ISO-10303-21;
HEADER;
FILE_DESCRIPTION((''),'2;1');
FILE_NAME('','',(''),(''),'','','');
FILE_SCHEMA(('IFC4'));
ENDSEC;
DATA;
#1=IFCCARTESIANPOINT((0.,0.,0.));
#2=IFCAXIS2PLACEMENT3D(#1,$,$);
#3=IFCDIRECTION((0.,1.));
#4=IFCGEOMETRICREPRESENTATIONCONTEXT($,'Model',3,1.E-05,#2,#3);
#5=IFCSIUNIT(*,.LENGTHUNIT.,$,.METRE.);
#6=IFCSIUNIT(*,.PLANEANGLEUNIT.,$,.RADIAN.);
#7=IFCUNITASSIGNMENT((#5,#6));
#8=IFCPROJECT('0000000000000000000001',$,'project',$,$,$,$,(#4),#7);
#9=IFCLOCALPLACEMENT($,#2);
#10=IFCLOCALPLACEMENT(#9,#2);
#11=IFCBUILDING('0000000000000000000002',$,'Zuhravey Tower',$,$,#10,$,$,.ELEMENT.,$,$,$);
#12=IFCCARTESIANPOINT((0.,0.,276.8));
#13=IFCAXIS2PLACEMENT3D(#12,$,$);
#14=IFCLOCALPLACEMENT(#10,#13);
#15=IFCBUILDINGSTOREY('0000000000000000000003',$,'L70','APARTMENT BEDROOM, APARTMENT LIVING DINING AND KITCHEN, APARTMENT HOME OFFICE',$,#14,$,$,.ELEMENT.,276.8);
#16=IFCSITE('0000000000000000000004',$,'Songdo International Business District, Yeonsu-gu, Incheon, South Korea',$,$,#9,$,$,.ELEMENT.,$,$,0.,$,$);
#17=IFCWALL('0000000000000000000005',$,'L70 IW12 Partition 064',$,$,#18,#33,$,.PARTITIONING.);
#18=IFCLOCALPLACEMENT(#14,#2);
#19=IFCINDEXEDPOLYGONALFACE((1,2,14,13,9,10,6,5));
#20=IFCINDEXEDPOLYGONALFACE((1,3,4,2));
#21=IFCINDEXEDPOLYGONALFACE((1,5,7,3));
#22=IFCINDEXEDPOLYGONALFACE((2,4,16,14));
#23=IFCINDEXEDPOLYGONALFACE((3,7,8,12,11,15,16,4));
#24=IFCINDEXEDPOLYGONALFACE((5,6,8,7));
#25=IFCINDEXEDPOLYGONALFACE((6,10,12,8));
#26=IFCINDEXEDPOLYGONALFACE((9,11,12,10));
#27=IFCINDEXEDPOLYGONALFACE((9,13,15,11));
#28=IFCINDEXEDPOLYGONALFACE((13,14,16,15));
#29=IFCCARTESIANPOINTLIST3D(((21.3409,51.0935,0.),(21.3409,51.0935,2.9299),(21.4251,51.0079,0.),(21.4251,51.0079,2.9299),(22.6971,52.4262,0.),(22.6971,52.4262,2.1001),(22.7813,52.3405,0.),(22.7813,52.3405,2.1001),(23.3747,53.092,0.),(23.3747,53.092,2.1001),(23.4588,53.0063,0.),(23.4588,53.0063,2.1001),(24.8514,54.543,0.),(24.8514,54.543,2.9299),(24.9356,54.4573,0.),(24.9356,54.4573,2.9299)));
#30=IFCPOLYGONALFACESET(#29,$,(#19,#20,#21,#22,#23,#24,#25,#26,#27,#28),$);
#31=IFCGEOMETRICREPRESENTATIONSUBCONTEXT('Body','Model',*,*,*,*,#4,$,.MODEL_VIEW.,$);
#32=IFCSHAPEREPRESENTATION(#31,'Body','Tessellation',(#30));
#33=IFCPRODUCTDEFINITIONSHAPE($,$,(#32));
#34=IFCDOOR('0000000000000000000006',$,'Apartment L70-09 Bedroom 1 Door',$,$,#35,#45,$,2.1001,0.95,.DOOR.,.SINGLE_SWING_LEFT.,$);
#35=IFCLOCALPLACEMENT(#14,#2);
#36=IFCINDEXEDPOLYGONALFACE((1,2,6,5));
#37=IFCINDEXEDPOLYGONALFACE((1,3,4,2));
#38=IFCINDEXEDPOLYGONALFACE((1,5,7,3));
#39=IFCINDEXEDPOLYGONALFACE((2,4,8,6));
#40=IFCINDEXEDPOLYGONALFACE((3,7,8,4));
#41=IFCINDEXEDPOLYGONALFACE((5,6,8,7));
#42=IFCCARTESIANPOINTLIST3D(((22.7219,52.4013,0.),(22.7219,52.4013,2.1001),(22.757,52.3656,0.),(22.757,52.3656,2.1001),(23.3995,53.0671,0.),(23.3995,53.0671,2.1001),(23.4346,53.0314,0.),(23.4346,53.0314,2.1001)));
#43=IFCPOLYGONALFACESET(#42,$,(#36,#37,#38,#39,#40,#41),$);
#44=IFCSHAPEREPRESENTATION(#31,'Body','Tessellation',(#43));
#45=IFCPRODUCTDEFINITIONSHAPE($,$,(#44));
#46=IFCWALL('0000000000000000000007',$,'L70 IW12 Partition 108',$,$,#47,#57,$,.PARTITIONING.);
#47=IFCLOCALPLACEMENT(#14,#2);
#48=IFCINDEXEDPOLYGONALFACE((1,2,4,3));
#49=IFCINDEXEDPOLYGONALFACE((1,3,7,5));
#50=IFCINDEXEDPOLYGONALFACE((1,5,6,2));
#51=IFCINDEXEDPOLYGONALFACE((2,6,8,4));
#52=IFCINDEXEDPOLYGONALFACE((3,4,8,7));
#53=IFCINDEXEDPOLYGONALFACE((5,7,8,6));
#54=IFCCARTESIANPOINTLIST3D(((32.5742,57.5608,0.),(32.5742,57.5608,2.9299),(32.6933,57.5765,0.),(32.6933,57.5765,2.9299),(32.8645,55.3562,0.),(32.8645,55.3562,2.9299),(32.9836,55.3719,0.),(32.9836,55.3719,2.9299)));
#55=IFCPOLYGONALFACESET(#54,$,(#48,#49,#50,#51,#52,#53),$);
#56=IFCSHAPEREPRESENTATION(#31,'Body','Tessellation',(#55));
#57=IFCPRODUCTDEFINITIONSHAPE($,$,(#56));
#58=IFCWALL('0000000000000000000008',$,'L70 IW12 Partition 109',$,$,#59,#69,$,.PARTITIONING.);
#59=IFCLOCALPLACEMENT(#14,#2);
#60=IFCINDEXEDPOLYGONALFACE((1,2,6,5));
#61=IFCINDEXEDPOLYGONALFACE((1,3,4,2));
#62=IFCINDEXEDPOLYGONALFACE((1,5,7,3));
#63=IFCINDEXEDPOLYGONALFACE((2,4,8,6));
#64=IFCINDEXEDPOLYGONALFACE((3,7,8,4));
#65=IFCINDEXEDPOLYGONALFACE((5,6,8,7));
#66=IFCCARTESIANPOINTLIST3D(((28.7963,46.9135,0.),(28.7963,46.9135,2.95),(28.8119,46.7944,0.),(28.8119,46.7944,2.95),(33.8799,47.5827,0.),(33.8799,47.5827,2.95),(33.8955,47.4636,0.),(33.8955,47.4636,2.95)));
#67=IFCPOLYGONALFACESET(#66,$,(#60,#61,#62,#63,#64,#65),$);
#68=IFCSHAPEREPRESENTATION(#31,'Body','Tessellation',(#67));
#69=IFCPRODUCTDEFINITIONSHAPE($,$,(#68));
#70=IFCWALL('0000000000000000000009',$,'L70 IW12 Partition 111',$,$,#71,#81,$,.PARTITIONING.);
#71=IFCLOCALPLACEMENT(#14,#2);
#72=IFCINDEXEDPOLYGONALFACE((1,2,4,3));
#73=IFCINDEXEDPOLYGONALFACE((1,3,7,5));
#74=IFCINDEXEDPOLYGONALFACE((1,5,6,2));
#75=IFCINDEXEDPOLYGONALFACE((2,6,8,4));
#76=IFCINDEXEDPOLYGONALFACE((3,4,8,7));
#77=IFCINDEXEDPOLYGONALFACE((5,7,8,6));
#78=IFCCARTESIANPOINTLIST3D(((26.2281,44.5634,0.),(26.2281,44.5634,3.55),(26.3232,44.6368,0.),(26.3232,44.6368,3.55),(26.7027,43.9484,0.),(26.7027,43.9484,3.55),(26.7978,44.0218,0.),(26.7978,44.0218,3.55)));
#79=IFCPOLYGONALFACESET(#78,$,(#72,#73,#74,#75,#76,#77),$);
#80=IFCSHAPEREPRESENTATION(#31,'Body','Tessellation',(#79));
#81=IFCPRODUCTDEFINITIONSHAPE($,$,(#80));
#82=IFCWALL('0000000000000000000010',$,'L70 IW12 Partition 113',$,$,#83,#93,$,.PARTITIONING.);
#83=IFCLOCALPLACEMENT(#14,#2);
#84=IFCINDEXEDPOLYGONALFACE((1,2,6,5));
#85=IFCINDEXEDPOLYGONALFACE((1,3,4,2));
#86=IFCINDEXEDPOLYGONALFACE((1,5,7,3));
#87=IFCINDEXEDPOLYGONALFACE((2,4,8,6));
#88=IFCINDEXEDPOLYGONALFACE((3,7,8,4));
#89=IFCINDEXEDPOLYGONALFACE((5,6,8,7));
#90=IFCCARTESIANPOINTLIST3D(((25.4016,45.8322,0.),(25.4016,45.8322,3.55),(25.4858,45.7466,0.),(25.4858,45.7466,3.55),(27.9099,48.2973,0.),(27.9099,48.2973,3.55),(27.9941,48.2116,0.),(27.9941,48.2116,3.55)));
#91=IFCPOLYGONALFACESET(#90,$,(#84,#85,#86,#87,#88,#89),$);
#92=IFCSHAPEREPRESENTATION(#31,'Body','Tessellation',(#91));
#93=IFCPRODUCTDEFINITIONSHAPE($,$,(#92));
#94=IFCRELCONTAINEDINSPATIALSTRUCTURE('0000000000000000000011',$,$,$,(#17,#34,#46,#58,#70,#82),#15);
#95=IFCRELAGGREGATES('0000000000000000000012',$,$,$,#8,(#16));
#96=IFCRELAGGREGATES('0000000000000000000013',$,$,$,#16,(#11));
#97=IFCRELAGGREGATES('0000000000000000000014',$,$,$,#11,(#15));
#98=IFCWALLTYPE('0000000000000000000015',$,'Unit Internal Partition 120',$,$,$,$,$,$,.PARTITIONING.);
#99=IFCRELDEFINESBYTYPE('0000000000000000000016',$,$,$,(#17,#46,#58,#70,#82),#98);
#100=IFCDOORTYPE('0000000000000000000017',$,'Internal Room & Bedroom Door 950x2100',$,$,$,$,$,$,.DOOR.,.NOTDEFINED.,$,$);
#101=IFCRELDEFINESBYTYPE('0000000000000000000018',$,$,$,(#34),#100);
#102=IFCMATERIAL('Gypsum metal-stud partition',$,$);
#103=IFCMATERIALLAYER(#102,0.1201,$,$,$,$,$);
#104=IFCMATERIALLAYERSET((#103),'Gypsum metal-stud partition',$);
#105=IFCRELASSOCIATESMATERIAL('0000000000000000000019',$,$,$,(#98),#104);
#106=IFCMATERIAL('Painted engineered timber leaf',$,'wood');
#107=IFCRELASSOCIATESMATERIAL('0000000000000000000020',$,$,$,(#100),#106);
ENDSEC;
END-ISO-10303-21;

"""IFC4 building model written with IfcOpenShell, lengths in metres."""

from ifc_helpers import new_model, si_unit, direction, frame, frame_2d, origin, place, context, subcontext, project, spatial, rectangle, extrude, material, layer, layer_set, type_object, element, fill, save


model = new_model("IFC4")

# Units and contexts
model_context = context("Model", 3, precision=1e-05, world=origin(), true_north=direction((0.0, 1.0)))
body_context = subcontext(model_context, "Body", "Model", "MODEL_VIEW")
ifc_project = project(units=[si_unit("LENGTHUNIT", "METRE"), si_unit("PLANEANGLEUNIT", "RADIAN")], contexts=[model_context])

# Site, building, storey
site_placement = place(None, origin())
site = spatial("IfcSite", under=ifc_project, at=site_placement, Name="Songdo International Business District, Yeonsu-gu, Incheon, South Korea", CompositionType="ELEMENT", RefElevation=0.0)
building_placement = place(site_placement, origin())
building = spatial("IfcBuilding", under=site, at=building_placement, Name="Zuhravey Tower", CompositionType="ELEMENT")
storey_placement = place(building_placement, frame((0.0, 0.0, 276.8)))
storey = spatial("IfcBuildingStorey", under=building, at=storey_placement, Name="L70", Description="APARTMENT BEDROOM, APARTMENT LIVING DINING AND KITCHEN, APARTMENT HOME OFFICE", CompositionType="ELEMENT", Elevation=276.8)

# Wall, opening, door
ifc_material_1 = material(Name="Gypsum metal-stud partition")
ifc_layer_1 = layer(ifc_material_1, 0.1201)
ifc_layer_set_1 = layer_set([ifc_layer_1], Name="Gypsum metal-stud partition")
wall_type_1 = type_object("IfcWallType", Name="Unit Internal Partition 120", PredefinedType="PARTITIONING", material=ifc_layer_set_1)
ifc_material_2 = material(Name="Painted engineered timber leaf", Category="wood")
door_type_1 = type_object("IfcDoorType", Name="Internal Room & Bedroom Door 950x2100", OperationType="NOTDEFINED", PredefinedType="DOOR", material=ifc_material_2)
wall_1_placement = place(storey_placement, frame((24.8936, 54.5002, 0.0), z_axis=(0.0, 0.0, 1.0), x_axis=(-0.71328, -0.700879, 0.0)))
wall_1 = element("IfcWall", 1, at=wall_1_placement, inside=storey, type_object=wall_type_1, Name="L70 IW12 Partition 064", PredefinedType="PARTITIONING", context=body_context, shape_type="SweptSolid", body=[
    extrude(rectangle(XDim=4.9216, YDim=0.1201, at=frame_2d((2.4609, 0.0))), origin(), (0.0, 0.0, 1.0), 2.9299),
])
opening_1_placement = place(wall_1_placement, frame((2.0703, 0.0, 0.0)))
opening_1 = element("IfcOpeningElement", 2, at=opening_1_placement, cuts=wall_1, PredefinedType="OPENING", context=body_context, shape_type="SweptSolid", body=[
    extrude(rectangle(XDim=0.95, YDim=2.1001, at=frame_2d((0.4751, 1.05))), frame((0.0, 0.072, 0.0), z_axis=(0.0, -1.0, 0.0), x_axis=(1.0, 0.0, 0.0)), (0.0, 0.0, 1.0), 0.144),
])
door_1_placement = place(opening_1_placement, frame((0.95, 0.0, 0.0), z_axis=(0.0, 0.0, 1.0), x_axis=(-1.0, 0.0, 0.0)))
door_1 = element("IfcDoor", 3, at=door_1_placement, inside=storey, type_object=door_type_1, Name="Apartment L70-09 Bedroom 1 Door", OperationType="SINGLE_SWING_LEFT", OverallHeight=2.1001, OverallWidth=0.95, PredefinedType="DOOR", context=body_context, shape_type="SweptSolid", body=[
    extrude(rectangle(XDim=0.95, YDim=2.1001, at=frame_2d((0.4751, 1.05))), frame((0.0, 0.0249, 0.0), z_axis=(0.0, -1.0, 0.0), x_axis=(1.0, 0.0, 0.0)), (0.0, 0.0, 1.0), 0.05),
])
fill(opening_1, door_1)

# Walls
wall_2_placement = place(storey_placement, frame((32.9241, 55.364, 0.0), z_axis=(0.0, 0.0, 1.0), x_axis=(-0.130545, 0.991442, 0.0)))
element("IfcWall", 4, at=wall_2_placement, inside=storey, type_object=wall_type_1, Name="L70 IW12 Partition 108", PredefinedType="PARTITIONING", context=body_context, shape_type="SweptSolid", body=[
    extrude(rectangle(XDim=2.2236, YDim=0.1201, at=frame_2d((1.1118, 0.0))), origin(), (0.0, 0.0, 1.0), 2.9299),
])
wall_3_placement = place(storey_placement, frame((33.8877, 47.5232, 0.0), z_axis=(0.0, 0.0, 1.0), x_axis=(-0.991447, -0.130514, 0.0)))
element("IfcWall", 5, at=wall_3_placement, inside=storey, type_object=wall_type_1, Name="L70 IW12 Partition 109", PredefinedType="PARTITIONING", context=body_context, shape_type="SweptSolid", body=[
    extrude(rectangle(XDim=5.1274, YDim=0.1201, at=frame_2d((2.5637, 0.0))), origin(), (0.0, 0.0, 1.0), 2.95),
])
wall_4_placement = place(storey_placement, frame((26.7502, 43.9851, 0.0), z_axis=(0.0, 0.0, 1.0), x_axis=(-0.610955, 0.791665, 0.0)))
element("IfcWall", 6, at=wall_4_placement, inside=storey, type_object=wall_type_1, Name="L70 IW12 Partition 111", PredefinedType="PARTITIONING", context=body_context, shape_type="SweptSolid", body=[
    extrude(rectangle(XDim=0.7769, YDim=0.1201, at=frame_2d((0.3884, 0.0))), origin(), (0.0, 0.0, 1.0), 3.55),
])
wall_5_placement = place(storey_placement, frame((27.9519, 48.2544, 0.0), z_axis=(0.0, 0.0, 1.0), x_axis=(-0.713224, -0.700936, 0.0)))
element("IfcWall", 7, at=wall_5_placement, inside=storey, type_object=wall_type_1, Name="L70 IW12 Partition 113", PredefinedType="PARTITIONING", context=body_context, shape_type="SweptSolid", body=[
    extrude(rectangle(XDim=3.5168, YDim=0.1201, at=frame_2d((1.7583, 0.0))), origin(), (0.0, 0.0, 1.0), 3.55),
])

save(model, "model.ifc")
